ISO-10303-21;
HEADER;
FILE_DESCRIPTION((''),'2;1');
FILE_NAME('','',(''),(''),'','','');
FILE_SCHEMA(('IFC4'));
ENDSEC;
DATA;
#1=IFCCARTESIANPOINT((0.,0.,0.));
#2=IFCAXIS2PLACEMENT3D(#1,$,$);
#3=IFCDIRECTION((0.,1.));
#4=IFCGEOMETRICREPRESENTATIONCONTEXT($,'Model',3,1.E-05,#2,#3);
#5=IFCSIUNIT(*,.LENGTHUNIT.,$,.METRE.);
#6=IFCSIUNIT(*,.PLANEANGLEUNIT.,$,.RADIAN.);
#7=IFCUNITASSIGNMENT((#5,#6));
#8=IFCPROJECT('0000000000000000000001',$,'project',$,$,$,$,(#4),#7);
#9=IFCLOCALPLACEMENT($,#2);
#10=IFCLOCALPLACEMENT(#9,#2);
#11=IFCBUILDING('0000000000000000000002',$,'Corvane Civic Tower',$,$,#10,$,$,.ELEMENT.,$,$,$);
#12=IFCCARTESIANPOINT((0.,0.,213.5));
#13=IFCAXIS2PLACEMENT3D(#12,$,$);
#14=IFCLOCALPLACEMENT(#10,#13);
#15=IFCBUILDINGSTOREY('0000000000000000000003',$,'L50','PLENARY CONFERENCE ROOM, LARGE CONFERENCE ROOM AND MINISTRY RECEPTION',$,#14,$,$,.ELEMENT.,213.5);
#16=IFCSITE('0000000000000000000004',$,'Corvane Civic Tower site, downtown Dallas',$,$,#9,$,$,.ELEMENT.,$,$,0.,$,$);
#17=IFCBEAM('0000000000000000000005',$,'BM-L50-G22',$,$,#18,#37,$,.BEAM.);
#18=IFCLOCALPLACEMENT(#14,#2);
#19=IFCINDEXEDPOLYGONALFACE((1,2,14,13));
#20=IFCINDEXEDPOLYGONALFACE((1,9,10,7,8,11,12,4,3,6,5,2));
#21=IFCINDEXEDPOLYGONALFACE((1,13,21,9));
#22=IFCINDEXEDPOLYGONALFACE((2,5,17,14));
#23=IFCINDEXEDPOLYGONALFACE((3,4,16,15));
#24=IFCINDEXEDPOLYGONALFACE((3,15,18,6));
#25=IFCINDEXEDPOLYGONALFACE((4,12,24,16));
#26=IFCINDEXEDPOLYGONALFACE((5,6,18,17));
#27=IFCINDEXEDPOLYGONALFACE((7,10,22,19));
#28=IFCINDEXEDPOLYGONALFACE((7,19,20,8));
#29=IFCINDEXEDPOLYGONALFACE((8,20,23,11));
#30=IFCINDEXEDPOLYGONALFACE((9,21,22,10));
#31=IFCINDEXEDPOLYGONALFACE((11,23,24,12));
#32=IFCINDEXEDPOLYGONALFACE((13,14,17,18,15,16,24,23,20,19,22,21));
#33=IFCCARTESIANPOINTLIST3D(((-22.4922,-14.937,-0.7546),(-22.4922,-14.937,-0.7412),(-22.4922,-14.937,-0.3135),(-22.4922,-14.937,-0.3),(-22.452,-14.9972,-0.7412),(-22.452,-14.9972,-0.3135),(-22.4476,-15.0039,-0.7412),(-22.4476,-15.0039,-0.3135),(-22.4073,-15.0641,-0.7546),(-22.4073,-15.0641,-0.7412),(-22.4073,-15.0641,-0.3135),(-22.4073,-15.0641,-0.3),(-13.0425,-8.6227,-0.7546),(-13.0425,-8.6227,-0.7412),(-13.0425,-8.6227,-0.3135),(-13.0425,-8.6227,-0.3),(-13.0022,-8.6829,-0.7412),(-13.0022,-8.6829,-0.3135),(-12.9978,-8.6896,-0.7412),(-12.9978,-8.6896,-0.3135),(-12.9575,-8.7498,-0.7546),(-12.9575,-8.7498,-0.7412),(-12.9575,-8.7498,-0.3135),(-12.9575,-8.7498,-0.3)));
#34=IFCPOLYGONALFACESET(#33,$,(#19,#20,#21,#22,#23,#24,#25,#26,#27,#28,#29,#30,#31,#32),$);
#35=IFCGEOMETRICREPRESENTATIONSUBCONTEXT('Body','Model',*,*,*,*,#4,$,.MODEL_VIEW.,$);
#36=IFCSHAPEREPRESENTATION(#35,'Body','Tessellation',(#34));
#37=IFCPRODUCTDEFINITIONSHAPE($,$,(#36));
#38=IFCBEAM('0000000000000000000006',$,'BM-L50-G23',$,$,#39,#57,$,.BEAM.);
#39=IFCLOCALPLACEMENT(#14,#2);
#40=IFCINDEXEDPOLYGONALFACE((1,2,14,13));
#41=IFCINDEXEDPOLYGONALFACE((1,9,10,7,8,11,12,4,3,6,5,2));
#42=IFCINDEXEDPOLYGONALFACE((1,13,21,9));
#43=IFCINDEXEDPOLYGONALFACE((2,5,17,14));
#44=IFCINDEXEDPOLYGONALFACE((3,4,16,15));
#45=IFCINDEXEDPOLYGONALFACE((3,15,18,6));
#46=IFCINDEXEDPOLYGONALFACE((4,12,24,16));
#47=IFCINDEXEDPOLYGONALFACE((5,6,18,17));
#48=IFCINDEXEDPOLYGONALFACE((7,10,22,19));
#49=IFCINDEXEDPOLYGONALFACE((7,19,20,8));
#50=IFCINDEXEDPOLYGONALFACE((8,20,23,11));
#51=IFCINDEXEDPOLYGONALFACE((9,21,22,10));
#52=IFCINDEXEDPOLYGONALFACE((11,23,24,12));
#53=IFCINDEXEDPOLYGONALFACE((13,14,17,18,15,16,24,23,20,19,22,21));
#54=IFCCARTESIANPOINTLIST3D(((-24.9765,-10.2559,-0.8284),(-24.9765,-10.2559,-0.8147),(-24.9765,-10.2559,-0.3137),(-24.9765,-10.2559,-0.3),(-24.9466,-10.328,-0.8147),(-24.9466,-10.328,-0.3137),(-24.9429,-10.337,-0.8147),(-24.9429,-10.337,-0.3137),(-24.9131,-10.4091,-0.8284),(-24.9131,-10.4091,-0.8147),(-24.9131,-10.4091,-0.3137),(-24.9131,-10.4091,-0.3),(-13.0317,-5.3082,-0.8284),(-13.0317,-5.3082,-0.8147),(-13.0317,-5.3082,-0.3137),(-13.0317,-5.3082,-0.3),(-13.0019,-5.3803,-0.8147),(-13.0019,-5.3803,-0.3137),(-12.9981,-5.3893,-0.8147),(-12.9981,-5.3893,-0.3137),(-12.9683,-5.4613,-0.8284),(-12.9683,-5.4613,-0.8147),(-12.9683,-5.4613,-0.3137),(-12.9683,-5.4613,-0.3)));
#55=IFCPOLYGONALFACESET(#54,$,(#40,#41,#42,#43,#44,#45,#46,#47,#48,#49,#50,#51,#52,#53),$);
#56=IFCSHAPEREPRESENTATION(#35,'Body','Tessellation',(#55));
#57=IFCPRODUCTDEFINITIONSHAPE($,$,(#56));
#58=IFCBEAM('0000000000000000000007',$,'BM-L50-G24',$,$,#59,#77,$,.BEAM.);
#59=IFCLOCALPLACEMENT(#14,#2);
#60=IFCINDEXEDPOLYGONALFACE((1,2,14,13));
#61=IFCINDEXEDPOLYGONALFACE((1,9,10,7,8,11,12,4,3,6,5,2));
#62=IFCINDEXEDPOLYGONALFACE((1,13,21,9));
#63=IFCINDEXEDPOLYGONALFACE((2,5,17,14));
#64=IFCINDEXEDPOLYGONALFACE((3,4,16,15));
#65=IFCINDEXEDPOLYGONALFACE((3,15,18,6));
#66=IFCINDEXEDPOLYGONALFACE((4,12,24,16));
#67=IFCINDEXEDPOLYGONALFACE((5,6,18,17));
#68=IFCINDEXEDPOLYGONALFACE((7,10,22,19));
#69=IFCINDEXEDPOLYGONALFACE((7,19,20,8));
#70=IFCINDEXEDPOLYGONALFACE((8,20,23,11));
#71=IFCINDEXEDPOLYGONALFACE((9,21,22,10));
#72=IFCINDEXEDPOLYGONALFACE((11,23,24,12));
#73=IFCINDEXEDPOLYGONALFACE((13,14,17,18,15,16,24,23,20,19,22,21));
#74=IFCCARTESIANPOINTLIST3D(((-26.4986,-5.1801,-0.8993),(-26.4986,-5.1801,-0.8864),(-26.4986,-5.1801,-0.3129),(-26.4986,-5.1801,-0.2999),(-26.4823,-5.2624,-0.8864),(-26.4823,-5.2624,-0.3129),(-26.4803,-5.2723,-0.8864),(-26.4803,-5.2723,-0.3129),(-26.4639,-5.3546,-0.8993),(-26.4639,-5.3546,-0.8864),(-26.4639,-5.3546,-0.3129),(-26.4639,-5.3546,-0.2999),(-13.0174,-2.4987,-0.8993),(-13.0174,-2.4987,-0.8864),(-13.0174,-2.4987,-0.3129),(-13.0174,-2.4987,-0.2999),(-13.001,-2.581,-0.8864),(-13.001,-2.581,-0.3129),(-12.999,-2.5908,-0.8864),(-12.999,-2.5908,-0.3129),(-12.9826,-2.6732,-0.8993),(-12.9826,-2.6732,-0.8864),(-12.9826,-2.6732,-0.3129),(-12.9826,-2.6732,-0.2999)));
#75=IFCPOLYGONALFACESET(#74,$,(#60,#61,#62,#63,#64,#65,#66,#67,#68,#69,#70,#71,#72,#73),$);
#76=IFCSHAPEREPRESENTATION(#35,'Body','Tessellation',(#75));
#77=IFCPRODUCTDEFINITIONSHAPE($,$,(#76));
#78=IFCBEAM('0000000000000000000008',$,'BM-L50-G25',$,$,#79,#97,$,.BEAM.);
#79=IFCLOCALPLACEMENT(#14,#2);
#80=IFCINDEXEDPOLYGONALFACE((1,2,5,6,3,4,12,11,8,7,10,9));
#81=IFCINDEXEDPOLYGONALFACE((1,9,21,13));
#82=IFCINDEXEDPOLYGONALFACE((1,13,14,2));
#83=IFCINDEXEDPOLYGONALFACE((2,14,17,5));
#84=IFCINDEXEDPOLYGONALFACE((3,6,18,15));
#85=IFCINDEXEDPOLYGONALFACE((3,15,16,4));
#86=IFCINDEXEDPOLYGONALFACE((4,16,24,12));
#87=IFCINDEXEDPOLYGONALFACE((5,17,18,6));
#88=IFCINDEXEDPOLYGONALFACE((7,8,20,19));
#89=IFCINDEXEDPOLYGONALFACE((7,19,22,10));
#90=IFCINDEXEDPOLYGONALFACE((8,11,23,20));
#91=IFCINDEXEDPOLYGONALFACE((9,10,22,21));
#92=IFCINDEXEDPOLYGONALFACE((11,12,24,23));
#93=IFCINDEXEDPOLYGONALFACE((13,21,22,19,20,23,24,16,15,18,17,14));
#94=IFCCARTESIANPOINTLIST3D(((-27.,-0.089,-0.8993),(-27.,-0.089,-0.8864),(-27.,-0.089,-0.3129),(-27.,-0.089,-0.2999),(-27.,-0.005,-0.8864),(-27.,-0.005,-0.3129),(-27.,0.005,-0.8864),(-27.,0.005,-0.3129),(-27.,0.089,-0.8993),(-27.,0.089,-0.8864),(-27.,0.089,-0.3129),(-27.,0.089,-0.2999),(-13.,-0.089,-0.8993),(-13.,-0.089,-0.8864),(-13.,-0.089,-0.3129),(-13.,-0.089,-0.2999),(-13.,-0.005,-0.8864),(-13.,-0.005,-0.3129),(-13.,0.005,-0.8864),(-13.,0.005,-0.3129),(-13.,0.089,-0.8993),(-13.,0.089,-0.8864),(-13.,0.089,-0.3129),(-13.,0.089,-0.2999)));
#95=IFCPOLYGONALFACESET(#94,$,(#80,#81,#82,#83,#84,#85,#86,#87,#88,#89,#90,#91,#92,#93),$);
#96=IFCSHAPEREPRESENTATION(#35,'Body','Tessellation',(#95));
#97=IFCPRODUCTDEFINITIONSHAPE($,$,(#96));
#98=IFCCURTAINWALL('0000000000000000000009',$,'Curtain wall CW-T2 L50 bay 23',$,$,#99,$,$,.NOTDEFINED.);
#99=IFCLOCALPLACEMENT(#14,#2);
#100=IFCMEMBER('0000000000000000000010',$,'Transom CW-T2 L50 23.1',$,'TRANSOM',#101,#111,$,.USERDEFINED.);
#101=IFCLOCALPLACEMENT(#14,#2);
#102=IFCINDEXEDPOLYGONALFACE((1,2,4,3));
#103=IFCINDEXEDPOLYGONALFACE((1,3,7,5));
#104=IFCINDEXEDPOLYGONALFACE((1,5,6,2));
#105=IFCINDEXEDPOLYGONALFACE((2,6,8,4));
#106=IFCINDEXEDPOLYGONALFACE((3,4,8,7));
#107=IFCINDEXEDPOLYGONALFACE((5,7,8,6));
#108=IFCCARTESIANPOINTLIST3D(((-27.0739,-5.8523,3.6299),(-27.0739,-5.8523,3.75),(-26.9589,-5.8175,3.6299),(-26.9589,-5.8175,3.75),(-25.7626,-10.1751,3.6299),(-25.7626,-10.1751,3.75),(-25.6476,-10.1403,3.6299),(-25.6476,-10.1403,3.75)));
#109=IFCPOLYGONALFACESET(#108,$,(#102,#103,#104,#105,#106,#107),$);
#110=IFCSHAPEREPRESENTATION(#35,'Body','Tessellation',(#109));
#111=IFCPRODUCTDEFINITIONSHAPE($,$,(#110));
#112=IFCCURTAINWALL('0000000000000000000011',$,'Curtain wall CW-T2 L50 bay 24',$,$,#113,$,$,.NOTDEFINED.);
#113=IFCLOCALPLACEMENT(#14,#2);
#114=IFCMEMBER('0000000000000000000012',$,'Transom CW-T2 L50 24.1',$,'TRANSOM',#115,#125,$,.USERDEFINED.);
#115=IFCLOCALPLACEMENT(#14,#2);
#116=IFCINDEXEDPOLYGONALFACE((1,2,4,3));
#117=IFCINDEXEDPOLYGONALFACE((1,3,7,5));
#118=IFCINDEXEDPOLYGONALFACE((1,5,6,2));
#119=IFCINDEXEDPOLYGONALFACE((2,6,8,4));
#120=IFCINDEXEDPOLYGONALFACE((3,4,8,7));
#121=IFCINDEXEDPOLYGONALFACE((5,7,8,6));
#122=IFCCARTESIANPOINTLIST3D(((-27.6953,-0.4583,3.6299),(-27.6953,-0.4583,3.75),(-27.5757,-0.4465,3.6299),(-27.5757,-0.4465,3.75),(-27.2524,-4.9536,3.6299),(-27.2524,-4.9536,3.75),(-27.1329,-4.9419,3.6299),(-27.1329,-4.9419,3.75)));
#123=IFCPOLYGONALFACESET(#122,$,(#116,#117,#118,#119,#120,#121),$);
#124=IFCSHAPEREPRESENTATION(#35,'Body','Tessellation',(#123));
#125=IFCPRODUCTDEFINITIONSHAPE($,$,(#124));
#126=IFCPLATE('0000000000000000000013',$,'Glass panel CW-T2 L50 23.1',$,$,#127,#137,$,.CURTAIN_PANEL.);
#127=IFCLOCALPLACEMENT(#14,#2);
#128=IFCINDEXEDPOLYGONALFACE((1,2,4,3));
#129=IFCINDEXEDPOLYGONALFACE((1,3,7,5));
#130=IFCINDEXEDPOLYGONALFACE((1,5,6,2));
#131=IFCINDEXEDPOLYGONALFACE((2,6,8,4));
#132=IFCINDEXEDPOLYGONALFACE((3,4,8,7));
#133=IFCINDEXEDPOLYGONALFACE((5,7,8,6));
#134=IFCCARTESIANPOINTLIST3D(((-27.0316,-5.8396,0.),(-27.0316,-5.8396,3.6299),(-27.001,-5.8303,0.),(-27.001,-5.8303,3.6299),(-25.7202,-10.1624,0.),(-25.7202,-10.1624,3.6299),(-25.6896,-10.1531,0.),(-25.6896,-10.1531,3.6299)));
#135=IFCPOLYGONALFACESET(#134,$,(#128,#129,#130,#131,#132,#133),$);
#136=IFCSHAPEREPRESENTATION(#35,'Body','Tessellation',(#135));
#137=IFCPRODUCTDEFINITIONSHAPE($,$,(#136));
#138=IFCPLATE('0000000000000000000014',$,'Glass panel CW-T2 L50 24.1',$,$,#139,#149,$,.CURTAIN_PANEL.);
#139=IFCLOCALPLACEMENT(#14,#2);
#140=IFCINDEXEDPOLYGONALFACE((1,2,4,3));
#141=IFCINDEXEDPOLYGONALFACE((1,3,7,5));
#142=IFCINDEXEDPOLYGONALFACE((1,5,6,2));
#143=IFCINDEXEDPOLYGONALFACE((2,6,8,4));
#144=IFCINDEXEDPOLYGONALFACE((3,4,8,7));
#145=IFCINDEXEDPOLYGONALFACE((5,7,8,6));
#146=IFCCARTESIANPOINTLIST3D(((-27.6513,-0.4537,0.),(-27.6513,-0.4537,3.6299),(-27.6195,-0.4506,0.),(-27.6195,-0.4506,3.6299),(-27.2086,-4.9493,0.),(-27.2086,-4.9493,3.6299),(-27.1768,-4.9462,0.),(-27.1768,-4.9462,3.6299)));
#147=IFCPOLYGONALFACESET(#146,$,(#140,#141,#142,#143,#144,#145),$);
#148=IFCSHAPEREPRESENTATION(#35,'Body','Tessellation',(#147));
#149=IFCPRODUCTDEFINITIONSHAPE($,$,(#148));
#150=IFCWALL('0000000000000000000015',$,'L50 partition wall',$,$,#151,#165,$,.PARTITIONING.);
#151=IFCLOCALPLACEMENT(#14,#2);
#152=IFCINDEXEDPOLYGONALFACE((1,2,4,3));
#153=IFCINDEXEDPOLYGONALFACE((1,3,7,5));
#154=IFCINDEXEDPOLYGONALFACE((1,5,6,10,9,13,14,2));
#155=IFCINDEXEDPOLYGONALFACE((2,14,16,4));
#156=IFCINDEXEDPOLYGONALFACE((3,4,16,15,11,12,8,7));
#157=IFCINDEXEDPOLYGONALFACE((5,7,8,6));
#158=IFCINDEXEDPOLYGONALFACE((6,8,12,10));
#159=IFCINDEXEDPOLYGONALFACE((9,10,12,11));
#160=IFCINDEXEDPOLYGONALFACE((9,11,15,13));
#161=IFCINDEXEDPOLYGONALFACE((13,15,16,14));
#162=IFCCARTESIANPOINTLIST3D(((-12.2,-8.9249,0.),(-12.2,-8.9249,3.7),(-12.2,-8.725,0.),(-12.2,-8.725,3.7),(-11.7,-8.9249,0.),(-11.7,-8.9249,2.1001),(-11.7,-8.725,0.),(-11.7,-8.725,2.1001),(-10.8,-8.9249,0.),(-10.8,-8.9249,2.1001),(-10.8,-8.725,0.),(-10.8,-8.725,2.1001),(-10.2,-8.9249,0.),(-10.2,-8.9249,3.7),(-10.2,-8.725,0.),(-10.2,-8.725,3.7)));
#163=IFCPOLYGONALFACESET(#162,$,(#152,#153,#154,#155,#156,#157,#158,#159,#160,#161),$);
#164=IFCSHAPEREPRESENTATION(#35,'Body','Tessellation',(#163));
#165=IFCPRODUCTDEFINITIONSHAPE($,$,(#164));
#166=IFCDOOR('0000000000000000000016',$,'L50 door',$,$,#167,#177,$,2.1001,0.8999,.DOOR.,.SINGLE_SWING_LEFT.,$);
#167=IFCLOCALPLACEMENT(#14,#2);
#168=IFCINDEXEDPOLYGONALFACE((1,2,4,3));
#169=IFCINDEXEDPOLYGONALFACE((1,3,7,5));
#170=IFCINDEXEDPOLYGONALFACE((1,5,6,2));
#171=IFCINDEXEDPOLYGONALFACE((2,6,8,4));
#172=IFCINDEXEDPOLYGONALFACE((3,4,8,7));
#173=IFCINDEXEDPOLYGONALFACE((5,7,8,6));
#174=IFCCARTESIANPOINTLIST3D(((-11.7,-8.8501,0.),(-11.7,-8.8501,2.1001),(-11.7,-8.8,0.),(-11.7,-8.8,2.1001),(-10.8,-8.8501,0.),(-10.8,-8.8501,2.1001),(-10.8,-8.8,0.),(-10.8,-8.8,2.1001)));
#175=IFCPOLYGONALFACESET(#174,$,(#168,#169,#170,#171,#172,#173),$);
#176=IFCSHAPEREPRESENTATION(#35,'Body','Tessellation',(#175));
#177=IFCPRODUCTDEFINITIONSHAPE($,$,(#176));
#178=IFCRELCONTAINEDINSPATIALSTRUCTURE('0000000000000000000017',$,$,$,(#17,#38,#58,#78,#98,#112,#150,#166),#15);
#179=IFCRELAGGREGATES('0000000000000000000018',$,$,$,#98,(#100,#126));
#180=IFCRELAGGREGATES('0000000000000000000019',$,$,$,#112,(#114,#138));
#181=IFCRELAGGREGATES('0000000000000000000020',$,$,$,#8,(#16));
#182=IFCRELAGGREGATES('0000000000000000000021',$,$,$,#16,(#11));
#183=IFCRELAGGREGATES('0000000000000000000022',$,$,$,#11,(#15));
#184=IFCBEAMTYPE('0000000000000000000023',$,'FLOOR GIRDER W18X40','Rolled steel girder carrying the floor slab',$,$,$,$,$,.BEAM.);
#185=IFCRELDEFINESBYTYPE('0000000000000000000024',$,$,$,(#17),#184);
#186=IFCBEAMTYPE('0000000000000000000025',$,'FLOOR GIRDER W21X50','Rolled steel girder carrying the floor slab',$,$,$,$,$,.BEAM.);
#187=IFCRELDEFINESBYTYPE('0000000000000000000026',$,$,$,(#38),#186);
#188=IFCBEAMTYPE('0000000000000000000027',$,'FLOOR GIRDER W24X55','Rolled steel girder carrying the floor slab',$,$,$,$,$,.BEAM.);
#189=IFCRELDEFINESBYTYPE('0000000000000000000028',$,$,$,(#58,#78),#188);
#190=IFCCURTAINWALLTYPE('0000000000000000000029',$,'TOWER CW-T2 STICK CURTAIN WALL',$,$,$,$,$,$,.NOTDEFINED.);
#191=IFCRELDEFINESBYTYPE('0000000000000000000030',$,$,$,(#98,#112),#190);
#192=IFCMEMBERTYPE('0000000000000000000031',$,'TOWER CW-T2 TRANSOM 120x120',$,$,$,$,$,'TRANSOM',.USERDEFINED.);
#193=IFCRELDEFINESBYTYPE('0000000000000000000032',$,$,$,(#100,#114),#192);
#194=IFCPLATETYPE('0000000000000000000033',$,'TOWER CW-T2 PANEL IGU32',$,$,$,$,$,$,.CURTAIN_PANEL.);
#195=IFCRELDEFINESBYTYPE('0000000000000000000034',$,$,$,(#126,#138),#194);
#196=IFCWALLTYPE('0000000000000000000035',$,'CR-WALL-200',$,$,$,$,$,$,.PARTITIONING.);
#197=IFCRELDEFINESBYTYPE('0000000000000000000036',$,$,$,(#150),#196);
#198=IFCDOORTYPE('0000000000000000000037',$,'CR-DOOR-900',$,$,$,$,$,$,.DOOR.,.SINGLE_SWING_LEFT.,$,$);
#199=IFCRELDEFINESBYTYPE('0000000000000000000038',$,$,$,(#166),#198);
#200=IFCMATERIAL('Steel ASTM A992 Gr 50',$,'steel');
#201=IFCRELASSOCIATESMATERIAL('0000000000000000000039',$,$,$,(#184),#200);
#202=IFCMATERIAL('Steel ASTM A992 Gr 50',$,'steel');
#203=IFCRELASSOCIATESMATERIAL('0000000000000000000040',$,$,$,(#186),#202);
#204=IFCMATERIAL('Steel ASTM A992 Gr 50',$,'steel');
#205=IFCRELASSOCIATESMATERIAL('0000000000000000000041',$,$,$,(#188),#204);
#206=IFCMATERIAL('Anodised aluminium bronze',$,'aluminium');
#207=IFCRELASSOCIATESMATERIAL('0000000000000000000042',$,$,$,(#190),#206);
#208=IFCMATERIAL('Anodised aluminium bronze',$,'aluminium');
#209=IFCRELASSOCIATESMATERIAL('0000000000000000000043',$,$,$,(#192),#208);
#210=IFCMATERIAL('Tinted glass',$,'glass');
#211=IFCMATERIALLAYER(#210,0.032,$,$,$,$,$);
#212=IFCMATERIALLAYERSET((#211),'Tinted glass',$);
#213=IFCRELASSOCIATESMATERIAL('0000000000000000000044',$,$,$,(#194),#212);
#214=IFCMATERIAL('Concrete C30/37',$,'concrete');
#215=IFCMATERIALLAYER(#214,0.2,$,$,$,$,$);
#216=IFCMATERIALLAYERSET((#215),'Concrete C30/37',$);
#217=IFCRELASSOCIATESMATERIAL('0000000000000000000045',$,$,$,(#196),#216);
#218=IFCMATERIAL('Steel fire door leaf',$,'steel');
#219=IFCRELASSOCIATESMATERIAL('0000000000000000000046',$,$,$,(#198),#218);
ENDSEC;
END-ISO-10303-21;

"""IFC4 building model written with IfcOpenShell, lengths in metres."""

from ifc_helpers import new_model, si_unit, direction, frame, frame_2d, origin, origin_2d, place, context, subcontext, project, spatial, rectangle, i_section, extrude, material, layer, layer_set, material_profile, profile_set, type_object, element, fill, aggregate, save


model = new_model("IFC4")

# Units and contexts
model_context = context("Model", 3, precision=1e-05, world=origin(), true_north=direction((0.0, 1.0)))
body_context = subcontext(model_context, "Body", "Model", "MODEL_VIEW")
ifc_project = project(units=[si_unit("LENGTHUNIT", "METRE"), si_unit("PLANEANGLEUNIT", "RADIAN")], contexts=[model_context])

# Site, building, storey
site_placement = place(None, origin())
site = spatial("IfcSite", under=ifc_project, at=site_placement, Name="Corvane Civic Tower site, downtown Dallas", CompositionType="ELEMENT", RefElevation=0.0)
building_placement = place(site_placement, origin())
building = spatial("IfcBuilding", under=site, at=building_placement, Name="Corvane Civic Tower", CompositionType="ELEMENT")
storey_placement = place(building_placement, frame((0.0, 0.0, 213.5)))
storey = spatial("IfcBuildingStorey", under=building, at=storey_placement, Name="L50", Description="PLENARY CONFERENCE ROOM, LARGE CONFERENCE ROOM AND MINISTRY RECEPTION", CompositionType="ELEMENT", Elevation=213.5)

# Beams
ifc_material_1 = material(Name="Steel ASTM A992 Gr 50", Category="steel")
ifc_material_profile_1 = material_profile(ifc_material_1, i_section(OverallWidth=0.1528, OverallDepth=0.4546, WebThickness=0.0081, FlangeThickness=0.0134, at=origin_2d()), Name="W18X40")
ifc_profile_set_1 = profile_set([ifc_material_profile_1], Name="Steel ASTM A992 Gr 50")
beam_type_1 = type_object("IfcBeamType", Name="FLOOR GIRDER W18X40", Description="Rolled steel girder carrying the floor slab", PredefinedType="BEAM", material=ifc_profile_set_1)
beam_1_placement = place(storey_placement, frame((-13.0, -8.6863, -0.5273), z_axis=(-0.831465, -0.555577, 0.0), x_axis=(0.555577, -0.831465, 0.0)))
element("IfcBeam", 1, at=beam_1_placement, inside=storey, type_object=beam_type_1, Name="BM-L50-G22", PredefinedType="BEAM", context=body_context, shape_type="SweptSolid", body=[
    extrude(i_section(OverallWidth=0.1528, OverallDepth=0.4546, WebThickness=0.0081, FlangeThickness=0.0134, at=origin_2d()), origin(), (0.0, 0.0, 1.0), 11.3652),
])
ifc_material_2 = material(Name="Steel ASTM A992 Gr 50", Category="steel")
ifc_material_profile_2 = material_profile(ifc_material_2, i_section(OverallWidth=0.1658, OverallDepth=0.5283, WebThickness=0.0098, FlangeThickness=0.0137, at=origin_2d()), Name="W21X50")
ifc_profile_set_2 = profile_set([ifc_material_profile_2], Name="Steel ASTM A992 Gr 50")
beam_type_2 = type_object("IfcBeamType", Name="FLOOR GIRDER W21X50", Description="Rolled steel girder carrying the floor slab", PredefinedType="BEAM", material=ifc_profile_set_2)
beam_2_placement = place(storey_placement, frame((-13.0, -5.3848, -0.5642), z_axis=(-0.923878, -0.382686, 0.0), x_axis=(0.382686, -0.923878, 0.0)))
element("IfcBeam", 2, at=beam_2_placement, inside=storey, type_object=beam_type_2, Name="BM-L50-G23", PredefinedType="BEAM", context=body_context, shape_type="SweptSolid", body=[
    extrude(i_section(OverallWidth=0.1658, OverallDepth=0.5283, WebThickness=0.0098, FlangeThickness=0.0137, at=origin_2d()), origin(), (0.0, 0.0, 1.0), 12.929),
])
ifc_material_3 = material(Name="Steel ASTM A992 Gr 50", Category="steel")
ifc_material_profile_3 = material_profile(ifc_material_3, i_section(OverallWidth=0.178, OverallDepth=0.5994, WebThickness=0.01, FlangeThickness=0.0129, at=origin_2d()), Name="W24X55")
ifc_profile_set_3 = profile_set([ifc_material_profile_3], Name="Steel ASTM A992 Gr 50")
beam_type_3 = type_object("IfcBeamType", Name="FLOOR GIRDER W24X55", Description="Rolled steel girder carrying the floor slab", PredefinedType="BEAM", material=ifc_profile_set_3)
beam_3_placement = place(storey_placement, frame((-13.0, -2.5859, -0.5996), z_axis=(-0.980788, -0.195078, 0.0), x_axis=(0.195078, -0.980788, 0.0)))
element("IfcBeam", 3, at=beam_3_placement, inside=storey, type_object=beam_type_3, Name="BM-L50-G24", PredefinedType="BEAM", context=body_context, shape_type="SweptSolid", body=[
    extrude(i_section(OverallWidth=0.178, OverallDepth=0.5994, WebThickness=0.01, FlangeThickness=0.0129, at=origin_2d()), origin(), (0.0, 0.0, 1.0), 13.7454),
])
beam_4_placement = place(storey_placement, frame((-13.0, 0.0, -0.5996), z_axis=(-1.0, 0.0, 0.0), x_axis=(0.0, -1.0, 0.0)))
element("IfcBeam", 4, at=beam_4_placement, inside=storey, type_object=beam_type_3, Name="BM-L50-G25", PredefinedType="BEAM", context=body_context, shape_type="SweptSolid", body=[
    extrude(i_section(OverallWidth=0.178, OverallDepth=0.5994, WebThickness=0.01, FlangeThickness=0.0129, at=origin_2d()), origin(), (0.0, 0.0, 1.0), 14.0),
])

# Curtain walls, members
ifc_material_4 = material(Name="Anodised aluminium bronze", Category="aluminium")
curtain_wall_type = type_object("IfcCurtainWallType", Name="TOWER CW-T2 STICK CURTAIN WALL", PredefinedType="NOTDEFINED", material=ifc_material_4)
curtain_wall_1_placement = place(storey_placement, origin())
curtain_wall_1 = element("IfcCurtainWall", 5, at=curtain_wall_1_placement, inside=storey, type_object=curtain_wall_type, Name="Curtain wall CW-T2 L50 bay 23", PredefinedType="NOTDEFINED")
ifc_material_5 = material(Name="Anodised aluminium bronze", Category="aluminium")
ifc_material_profile_4 = material_profile(ifc_material_5, rectangle(XDim=0.1201, YDim=0.1201, at=origin_2d()), Name="TOWER CW-T2 TRANSOM 120x120")
ifc_profile_set_4 = profile_set([ifc_material_profile_4], Name="Anodised aluminium bronze")
member_type = type_object("IfcMemberType", Name="TOWER CW-T2 TRANSOM 120x120", ElementType="TRANSOM", PredefinedType="USERDEFINED", material=ifc_profile_set_4)
member_1_placement = place(storey_placement, frame((-25.7051, -10.1577, 3.6899), z_axis=(-0.290282, 0.956941, 0.0), x_axis=(-0.956941, -0.290282, 0.0)))
member_1 = element("IfcMember", 6, at=member_1_placement, type_object=member_type, Name="Transom CW-T2 L50 23.1", ObjectType="TRANSOM", PredefinedType="USERDEFINED", context=body_context, shape_type="SweptSolid", body=[
    extrude(rectangle(XDim=0.1201, YDim=0.1201, at=origin_2d()), origin(), (0.0, 0.0, 1.0), 4.5173),
])
curtain_wall_2_placement = place(storey_placement, origin())
curtain_wall_2 = element("IfcCurtainWall", 7, at=curtain_wall_2_placement, inside=storey, type_object=curtain_wall_type, Name="Curtain wall CW-T2 L50 bay 24", PredefinedType="NOTDEFINED")
member_2_placement = place(storey_placement, frame((-27.1926, -4.9478, 3.6899), z_axis=(-0.098043, 0.995182, 0.0), x_axis=(-0.995182, -0.098043, 0.0)))
member_2 = element("IfcMember", 8, at=member_2_placement, type_object=member_type, Name="Transom CW-T2 L50 24.1", ObjectType="TRANSOM", PredefinedType="USERDEFINED", context=body_context, shape_type="SweptSolid", body=[
    extrude(rectangle(XDim=0.1201, YDim=0.1201, at=origin_2d()), origin(), (0.0, 0.0, 1.0), 4.5171),
])

# Plates
ifc_material_6 = material(Name="Tinted glass", Category="glass")
ifc_layer_1 = layer(ifc_material_6, 0.032)
ifc_layer_set_1 = layer_set([ifc_layer_1], Name="Tinted glass")
plate_type = type_object("IfcPlateType", Name="TOWER CW-T2 PANEL IGU32", PredefinedType="CURTAIN_PANEL", material=ifc_layer_set_1)
plate_1_placement = place(storey_placement, frame((-26.3606, -7.9963, 0.0), z_axis=(0.0, 0.0, 1.0), x_axis=(-0.29029, 0.956939, 0.0)))
plate_1 = element("IfcPlate", 9, at=plate_1_placement, type_object=plate_type, Name="Glass panel CW-T2 L50 23.1", PredefinedType="CURTAIN_PANEL", context=body_context, shape_type="SweptSolid", body=[
    extrude(rectangle(XDim=4.5173, YDim=0.032, at=origin_2d()), origin(), (0.0, 0.0, 1.0), 3.6299),
])
aggregate(curtain_wall_1, [member_1, plate_1])
plate_2_placement = place(storey_placement, frame((-27.4141, -2.7, 0.0), z_axis=(0.0, 0.0, 1.0), x_axis=(-0.097993, 0.995187, 0.0)))
plate_2 = element("IfcPlate", 10, at=plate_2_placement, type_object=plate_type, Name="Glass panel CW-T2 L50 24.1", PredefinedType="CURTAIN_PANEL", context=body_context, shape_type="SweptSolid", body=[
    extrude(rectangle(XDim=4.5173, YDim=0.032, at=origin_2d()), origin(), (0.0, 0.0, 1.0), 3.6299),
])
aggregate(curtain_wall_2, [member_2, plate_2])

# Wall, opening, door
ifc_material_7 = material(Name="Concrete C30/37", Category="concrete")
ifc_layer_2 = layer(ifc_material_7, 0.2)
ifc_layer_set_2 = layer_set([ifc_layer_2], Name="Concrete C30/37")
wall_type_1 = type_object("IfcWallType", Name="CR-WALL-200", PredefinedType="PARTITIONING", material=ifc_layer_set_2)
wall_1_placement = place(storey_placement, frame((-12.2, -8.825, 0.0), z_axis=(0.0, 0.0, 1.0), x_axis=(1.0, 0.0, 0.0)))
wall_1 = element("IfcWall", 11, at=wall_1_placement, inside=storey, type_object=wall_type_1, Name="L50 partition wall", PredefinedType="PARTITIONING", context=body_context, shape_type="SweptSolid", body=[
    extrude(rectangle(XDim=2.0, YDim=0.2, at=frame_2d((1.0, 0.0))), origin(), (0.0, 0.0, 1.0), 3.7),
])
opening_1_placement = place(wall_1_placement, frame((0.5, 0.0, 0.0)))
opening_1 = element("IfcOpeningElement", 12, at=opening_1_placement, cuts=wall_1, PredefinedType="OPENING", context=body_context, shape_type="SweptSolid", body=[
    extrude(rectangle(XDim=0.8999, YDim=2.1001, at=frame_2d((0.45, 1.05))), frame((0.0, 0.1099, 0.0), z_axis=(0.0, -1.0, 0.0), x_axis=(1.0, 0.0, 0.0)), (0.0, 0.0, 1.0), 0.22),
])
ifc_material_8 = material(Name="Steel fire door leaf", Category="steel")
door_type_1 = type_object("IfcDoorType", Name="CR-DOOR-900", OperationType="SINGLE_SWING_LEFT", PredefinedType="DOOR", material=ifc_material_8)
door_1_placement = place(opening_1_placement, origin())
door_1 = element("IfcDoor", 13, at=door_1_placement, inside=storey, type_object=door_type_1, Name="L50 door", OperationType="SINGLE_SWING_LEFT", OverallHeight=2.1001, OverallWidth=0.8999, PredefinedType="DOOR", context=body_context, shape_type="SweptSolid", body=[
    extrude(rectangle(XDim=0.8999, YDim=2.1001, at=frame_2d((0.45, 1.05))), frame((0.0, 0.0249, 0.0), z_axis=(0.0, -1.0, 0.0), x_axis=(1.0, 0.0, 0.0)), (0.0, 0.0, 1.0), 0.05),
])
fill(opening_1, door_1)

save(model, "model.ifc")
